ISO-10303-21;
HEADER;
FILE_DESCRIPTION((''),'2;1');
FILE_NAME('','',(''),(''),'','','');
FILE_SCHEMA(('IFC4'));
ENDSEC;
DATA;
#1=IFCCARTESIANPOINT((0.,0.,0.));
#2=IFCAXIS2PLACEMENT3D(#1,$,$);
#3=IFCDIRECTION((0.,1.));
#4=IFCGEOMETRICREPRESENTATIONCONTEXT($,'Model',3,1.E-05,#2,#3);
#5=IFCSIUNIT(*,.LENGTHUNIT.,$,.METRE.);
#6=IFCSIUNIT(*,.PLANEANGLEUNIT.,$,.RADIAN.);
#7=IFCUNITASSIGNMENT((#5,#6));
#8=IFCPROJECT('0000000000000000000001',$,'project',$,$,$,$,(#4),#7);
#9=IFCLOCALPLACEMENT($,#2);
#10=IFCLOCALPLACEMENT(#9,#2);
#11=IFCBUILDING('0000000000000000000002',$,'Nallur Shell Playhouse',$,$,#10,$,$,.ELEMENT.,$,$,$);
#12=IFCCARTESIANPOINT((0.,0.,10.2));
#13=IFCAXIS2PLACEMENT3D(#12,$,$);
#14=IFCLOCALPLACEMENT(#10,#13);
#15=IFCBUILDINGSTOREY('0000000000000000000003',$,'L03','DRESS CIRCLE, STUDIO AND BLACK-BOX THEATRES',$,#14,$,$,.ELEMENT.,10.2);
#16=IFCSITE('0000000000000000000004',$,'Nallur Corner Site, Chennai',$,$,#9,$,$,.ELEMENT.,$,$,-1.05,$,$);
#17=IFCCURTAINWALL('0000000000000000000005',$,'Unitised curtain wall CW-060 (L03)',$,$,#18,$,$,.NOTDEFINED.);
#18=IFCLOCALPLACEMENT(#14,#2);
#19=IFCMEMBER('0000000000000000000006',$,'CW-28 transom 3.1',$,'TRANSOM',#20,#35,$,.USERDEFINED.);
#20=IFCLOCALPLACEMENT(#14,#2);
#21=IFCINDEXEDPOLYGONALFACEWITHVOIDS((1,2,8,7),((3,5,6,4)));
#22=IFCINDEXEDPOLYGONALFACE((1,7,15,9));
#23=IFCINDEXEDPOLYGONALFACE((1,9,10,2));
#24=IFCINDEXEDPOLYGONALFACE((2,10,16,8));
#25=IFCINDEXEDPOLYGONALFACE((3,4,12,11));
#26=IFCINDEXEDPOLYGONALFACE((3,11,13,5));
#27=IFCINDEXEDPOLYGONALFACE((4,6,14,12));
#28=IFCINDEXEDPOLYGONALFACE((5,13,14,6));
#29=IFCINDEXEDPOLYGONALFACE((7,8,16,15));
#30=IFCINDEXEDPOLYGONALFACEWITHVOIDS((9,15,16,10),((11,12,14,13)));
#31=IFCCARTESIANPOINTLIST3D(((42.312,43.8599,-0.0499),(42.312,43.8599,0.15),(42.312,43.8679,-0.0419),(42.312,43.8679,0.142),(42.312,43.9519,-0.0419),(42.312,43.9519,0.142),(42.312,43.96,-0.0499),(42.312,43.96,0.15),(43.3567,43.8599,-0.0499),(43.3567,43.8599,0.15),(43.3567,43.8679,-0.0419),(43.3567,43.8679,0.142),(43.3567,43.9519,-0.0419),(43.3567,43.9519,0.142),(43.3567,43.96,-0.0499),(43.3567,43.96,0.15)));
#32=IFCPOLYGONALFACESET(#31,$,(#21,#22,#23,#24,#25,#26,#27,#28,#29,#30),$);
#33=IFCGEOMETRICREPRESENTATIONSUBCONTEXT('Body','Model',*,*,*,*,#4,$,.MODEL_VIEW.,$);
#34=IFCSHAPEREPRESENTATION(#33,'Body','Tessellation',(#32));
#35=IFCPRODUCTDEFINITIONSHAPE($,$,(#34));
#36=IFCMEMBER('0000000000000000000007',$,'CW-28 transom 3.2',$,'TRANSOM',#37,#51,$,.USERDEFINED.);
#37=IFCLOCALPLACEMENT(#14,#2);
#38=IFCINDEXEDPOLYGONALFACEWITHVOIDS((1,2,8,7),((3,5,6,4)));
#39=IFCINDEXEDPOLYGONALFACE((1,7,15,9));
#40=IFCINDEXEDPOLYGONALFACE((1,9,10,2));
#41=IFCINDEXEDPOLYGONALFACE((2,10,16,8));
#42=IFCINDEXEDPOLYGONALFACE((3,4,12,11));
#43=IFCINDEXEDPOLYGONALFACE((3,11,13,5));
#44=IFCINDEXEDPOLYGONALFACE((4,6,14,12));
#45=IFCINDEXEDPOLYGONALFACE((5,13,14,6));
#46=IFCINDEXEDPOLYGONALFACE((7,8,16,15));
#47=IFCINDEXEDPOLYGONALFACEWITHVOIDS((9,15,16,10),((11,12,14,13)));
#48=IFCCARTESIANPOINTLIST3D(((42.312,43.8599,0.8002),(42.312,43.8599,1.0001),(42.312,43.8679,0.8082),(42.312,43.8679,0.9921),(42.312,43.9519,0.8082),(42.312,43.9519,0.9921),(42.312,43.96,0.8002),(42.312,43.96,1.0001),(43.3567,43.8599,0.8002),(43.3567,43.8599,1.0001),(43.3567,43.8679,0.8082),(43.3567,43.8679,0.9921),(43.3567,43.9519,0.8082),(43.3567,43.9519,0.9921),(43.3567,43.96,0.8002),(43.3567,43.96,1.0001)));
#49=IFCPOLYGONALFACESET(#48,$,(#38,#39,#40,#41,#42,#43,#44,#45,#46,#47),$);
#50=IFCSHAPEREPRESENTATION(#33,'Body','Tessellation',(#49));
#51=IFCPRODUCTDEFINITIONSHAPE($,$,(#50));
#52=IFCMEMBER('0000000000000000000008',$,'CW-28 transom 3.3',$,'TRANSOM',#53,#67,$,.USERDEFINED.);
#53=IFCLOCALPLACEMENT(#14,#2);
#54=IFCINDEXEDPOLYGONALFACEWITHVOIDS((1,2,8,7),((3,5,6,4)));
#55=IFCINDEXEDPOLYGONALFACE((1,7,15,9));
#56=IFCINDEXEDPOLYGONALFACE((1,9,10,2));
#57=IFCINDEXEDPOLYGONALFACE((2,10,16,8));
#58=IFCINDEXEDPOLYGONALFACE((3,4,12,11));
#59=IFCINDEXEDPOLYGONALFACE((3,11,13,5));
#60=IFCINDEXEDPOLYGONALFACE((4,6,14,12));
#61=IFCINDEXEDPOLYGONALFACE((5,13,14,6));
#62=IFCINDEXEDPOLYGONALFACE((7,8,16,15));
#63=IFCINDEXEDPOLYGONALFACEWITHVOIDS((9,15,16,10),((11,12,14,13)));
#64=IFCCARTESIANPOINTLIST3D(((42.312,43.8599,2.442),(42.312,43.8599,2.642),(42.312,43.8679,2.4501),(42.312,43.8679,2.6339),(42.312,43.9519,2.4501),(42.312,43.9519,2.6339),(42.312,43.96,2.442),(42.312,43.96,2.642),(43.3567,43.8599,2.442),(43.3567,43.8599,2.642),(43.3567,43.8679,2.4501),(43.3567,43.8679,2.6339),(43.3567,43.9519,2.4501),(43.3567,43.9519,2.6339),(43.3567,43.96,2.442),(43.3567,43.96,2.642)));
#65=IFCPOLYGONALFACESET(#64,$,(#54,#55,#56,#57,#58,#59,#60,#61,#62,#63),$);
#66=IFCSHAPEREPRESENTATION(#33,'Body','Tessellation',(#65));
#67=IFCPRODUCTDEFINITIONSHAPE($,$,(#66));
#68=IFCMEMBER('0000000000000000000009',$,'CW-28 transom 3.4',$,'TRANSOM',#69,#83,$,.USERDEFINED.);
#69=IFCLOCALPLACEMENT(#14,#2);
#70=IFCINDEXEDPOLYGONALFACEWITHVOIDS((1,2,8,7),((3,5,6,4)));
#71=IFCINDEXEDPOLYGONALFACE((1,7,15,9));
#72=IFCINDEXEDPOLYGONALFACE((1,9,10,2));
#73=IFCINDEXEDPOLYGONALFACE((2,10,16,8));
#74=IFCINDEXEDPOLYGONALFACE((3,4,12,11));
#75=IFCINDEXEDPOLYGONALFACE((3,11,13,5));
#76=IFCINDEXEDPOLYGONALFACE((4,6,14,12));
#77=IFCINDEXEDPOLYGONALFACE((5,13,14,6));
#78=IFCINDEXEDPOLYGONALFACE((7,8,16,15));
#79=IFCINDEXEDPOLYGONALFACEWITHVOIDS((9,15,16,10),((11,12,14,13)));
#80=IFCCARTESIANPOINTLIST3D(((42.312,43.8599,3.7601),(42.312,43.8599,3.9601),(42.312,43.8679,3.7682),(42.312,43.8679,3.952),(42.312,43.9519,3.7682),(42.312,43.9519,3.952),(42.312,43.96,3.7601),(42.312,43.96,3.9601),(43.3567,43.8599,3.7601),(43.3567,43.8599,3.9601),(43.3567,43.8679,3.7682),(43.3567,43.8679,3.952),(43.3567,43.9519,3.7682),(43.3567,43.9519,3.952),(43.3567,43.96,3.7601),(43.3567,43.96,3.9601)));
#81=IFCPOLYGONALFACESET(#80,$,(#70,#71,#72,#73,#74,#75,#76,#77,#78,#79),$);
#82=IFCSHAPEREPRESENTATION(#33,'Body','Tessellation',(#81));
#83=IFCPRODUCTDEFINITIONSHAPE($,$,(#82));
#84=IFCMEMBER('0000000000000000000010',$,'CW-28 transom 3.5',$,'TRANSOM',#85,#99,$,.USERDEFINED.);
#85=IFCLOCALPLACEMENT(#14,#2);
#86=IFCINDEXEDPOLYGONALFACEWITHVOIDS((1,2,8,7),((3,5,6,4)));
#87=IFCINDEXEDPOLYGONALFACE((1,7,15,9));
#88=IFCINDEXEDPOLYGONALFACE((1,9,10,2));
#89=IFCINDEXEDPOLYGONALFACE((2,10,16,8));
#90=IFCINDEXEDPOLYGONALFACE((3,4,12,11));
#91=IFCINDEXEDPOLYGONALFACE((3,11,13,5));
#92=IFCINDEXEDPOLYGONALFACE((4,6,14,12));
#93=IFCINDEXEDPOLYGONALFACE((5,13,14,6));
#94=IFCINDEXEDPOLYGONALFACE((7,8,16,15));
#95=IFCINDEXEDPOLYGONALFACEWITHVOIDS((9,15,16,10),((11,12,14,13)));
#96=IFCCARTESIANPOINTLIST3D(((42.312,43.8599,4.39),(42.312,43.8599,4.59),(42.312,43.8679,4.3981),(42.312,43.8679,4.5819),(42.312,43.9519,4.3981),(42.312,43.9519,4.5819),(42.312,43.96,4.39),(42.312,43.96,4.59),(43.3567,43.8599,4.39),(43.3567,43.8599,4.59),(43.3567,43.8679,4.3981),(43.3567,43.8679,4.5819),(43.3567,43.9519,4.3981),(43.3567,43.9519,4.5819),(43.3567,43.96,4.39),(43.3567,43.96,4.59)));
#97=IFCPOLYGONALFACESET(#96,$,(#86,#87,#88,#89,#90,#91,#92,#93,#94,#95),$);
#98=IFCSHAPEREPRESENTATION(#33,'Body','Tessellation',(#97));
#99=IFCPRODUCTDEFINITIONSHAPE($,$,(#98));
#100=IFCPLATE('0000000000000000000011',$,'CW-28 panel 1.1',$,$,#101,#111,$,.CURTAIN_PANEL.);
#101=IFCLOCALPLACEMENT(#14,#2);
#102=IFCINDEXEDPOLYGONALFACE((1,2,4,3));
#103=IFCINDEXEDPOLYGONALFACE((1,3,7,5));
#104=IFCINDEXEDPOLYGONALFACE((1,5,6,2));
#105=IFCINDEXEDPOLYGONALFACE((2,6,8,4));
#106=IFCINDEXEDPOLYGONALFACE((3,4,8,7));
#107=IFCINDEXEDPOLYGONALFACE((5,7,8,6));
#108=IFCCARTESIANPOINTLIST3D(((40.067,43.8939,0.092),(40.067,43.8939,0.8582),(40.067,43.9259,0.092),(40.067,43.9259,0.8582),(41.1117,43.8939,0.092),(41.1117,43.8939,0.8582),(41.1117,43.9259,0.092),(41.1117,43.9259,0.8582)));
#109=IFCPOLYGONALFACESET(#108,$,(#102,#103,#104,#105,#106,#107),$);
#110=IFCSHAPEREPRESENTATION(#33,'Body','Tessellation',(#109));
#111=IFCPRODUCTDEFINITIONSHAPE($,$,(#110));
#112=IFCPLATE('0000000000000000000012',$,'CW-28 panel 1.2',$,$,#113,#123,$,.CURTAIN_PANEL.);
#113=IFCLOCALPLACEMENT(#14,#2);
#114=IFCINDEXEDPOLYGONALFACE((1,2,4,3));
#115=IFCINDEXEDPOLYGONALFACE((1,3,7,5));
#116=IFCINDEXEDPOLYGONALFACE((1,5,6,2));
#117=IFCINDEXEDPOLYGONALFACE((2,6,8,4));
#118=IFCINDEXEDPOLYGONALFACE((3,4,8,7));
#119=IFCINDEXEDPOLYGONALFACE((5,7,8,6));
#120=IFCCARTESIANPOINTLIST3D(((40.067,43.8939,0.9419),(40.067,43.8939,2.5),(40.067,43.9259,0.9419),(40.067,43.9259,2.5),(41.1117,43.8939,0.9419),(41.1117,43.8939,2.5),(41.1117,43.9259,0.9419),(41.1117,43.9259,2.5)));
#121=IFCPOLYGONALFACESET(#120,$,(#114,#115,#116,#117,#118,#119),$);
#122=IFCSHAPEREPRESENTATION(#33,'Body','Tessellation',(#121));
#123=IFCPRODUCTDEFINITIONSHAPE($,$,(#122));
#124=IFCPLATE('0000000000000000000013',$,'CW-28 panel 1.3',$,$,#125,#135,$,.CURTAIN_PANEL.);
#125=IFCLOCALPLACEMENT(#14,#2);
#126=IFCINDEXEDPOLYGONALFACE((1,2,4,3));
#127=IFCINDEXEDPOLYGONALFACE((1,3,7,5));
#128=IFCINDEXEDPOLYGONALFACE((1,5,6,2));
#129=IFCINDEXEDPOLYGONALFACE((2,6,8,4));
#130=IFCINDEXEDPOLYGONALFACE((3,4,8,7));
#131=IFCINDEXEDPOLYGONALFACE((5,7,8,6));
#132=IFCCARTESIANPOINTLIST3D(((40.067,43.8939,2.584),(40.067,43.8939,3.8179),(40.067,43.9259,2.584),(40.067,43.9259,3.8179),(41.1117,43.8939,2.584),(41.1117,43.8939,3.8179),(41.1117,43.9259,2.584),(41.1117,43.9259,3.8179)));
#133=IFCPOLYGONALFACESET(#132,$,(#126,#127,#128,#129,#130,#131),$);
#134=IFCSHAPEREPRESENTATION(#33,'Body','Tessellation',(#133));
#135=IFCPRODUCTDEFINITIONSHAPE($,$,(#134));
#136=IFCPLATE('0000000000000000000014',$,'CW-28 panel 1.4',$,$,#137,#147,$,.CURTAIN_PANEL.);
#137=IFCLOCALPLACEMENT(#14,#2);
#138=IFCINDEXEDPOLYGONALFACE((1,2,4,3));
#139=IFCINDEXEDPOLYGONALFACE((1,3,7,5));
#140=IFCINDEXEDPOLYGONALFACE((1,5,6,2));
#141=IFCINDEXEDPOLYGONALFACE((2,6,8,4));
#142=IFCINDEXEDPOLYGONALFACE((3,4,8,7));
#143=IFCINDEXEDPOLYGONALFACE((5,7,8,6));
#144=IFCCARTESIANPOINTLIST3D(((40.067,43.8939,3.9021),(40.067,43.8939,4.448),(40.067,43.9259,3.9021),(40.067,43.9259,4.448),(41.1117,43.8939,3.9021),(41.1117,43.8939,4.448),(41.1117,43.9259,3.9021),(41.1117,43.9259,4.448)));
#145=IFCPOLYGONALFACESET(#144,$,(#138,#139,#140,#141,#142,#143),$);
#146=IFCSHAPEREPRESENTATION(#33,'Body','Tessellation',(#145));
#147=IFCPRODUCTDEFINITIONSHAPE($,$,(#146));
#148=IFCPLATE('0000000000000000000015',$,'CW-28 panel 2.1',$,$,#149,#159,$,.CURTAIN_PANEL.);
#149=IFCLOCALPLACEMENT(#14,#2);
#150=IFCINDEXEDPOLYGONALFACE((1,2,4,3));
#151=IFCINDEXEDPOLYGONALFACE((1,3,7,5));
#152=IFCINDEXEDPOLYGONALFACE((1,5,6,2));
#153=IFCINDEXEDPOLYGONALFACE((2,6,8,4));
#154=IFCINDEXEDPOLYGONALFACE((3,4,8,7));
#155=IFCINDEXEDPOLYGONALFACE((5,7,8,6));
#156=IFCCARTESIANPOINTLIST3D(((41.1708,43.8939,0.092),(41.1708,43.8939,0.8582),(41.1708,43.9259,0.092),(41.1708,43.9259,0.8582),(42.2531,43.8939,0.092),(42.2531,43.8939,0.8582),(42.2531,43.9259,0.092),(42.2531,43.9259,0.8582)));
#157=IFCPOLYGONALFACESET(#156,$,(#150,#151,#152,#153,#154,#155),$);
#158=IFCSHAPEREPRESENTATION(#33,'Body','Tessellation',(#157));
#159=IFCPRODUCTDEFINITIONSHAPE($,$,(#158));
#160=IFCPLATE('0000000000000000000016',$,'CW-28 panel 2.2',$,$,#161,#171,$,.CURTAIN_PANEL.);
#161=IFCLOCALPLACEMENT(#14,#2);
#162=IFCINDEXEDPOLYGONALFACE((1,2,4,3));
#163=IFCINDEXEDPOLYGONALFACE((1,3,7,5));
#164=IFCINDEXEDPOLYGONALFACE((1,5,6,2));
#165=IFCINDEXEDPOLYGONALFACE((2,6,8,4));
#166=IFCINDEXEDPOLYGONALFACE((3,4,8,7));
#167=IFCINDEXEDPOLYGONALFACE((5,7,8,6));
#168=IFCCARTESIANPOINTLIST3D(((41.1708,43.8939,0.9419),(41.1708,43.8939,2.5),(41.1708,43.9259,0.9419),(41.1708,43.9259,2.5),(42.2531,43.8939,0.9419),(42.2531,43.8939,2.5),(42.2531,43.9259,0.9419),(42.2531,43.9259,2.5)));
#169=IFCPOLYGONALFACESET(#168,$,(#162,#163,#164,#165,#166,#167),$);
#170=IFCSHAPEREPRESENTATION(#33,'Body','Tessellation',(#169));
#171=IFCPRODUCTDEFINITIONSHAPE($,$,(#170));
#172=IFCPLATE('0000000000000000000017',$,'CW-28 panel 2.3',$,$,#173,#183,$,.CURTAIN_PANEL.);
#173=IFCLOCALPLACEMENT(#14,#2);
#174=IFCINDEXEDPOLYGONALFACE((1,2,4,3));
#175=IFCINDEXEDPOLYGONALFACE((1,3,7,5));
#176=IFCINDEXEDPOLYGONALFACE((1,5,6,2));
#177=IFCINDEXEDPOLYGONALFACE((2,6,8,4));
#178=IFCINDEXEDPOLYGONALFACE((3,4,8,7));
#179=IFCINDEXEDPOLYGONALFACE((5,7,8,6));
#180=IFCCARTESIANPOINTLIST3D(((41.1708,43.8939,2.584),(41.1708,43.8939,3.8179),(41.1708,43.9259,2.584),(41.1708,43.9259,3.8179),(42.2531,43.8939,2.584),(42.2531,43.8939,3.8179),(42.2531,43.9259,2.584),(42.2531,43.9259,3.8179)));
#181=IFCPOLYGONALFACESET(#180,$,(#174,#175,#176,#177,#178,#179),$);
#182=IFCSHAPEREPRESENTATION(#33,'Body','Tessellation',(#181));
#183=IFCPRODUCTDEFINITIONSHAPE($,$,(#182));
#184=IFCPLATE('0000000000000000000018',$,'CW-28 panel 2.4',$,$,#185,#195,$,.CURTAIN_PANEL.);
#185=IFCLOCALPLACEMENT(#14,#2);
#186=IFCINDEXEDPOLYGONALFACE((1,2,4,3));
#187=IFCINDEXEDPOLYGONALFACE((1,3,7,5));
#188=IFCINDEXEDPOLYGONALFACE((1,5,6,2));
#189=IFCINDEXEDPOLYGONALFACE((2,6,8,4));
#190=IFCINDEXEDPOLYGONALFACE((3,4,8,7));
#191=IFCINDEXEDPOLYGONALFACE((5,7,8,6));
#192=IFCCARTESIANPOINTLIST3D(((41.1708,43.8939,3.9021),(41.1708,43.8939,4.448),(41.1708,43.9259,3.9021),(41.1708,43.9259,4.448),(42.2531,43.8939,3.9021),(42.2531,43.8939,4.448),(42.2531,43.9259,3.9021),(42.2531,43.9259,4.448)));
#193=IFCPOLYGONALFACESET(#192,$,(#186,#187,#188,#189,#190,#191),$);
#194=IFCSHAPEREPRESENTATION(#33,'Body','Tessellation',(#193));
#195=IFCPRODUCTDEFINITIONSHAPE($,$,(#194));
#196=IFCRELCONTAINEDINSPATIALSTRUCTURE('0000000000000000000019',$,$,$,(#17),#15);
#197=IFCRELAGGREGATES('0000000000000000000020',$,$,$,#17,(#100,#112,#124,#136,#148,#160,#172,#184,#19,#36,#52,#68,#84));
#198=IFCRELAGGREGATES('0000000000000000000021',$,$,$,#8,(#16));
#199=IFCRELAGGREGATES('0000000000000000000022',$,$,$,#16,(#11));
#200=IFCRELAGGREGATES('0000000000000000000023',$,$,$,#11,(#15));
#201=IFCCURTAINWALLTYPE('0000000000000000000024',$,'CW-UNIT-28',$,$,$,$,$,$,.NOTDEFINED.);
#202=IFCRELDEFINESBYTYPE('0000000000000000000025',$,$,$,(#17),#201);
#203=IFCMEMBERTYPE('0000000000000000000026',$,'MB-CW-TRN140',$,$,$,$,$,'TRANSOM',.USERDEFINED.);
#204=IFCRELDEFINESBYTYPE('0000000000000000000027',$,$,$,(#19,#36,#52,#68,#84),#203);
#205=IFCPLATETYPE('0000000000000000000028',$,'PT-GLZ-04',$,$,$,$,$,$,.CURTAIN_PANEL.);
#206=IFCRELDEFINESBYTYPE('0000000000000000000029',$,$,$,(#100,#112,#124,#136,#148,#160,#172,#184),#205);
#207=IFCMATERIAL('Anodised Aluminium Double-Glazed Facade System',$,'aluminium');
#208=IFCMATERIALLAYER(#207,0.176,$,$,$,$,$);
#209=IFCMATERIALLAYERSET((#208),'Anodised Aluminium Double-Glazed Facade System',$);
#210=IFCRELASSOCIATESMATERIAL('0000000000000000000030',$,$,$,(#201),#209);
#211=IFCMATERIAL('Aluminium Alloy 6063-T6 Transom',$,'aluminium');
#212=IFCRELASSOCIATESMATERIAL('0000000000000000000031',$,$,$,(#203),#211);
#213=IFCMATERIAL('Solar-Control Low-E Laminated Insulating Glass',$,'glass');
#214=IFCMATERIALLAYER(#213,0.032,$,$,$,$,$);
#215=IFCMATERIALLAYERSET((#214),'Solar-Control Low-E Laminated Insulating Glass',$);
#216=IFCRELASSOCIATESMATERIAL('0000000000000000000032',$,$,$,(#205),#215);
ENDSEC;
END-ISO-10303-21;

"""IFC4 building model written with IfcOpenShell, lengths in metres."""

from ifc_helpers import new_model, si_unit, direction, frame, origin, origin_2d, place, context, subcontext, project, spatial, rectangle, hollow_rectangle, extrude, material, layer, layer_set, material_profile, profile_set, type_object, element, aggregate, save


model = new_model("IFC4")

# Units and contexts
model_context = context("Model", 3, precision=1e-05, world=origin(), true_north=direction((0.0, 1.0)))
body_context = subcontext(model_context, "Body", "Model", "MODEL_VIEW")
ifc_project = project(units=[si_unit("LENGTHUNIT", "METRE"), si_unit("PLANEANGLEUNIT", "RADIAN")], contexts=[model_context])

# Site, building, storey
site_placement = place(None, origin())
site = spatial("IfcSite", under=ifc_project, at=site_placement, Name="Nallur Corner Site, Chennai", CompositionType="ELEMENT", RefElevation=-1.05)
building_placement = place(site_placement, origin())
building = spatial("IfcBuilding", under=site, at=building_placement, Name="Nallur Shell Playhouse", CompositionType="ELEMENT")
storey_placement = place(building_placement, frame((0.0, 0.0, 10.2)))
storey = spatial("IfcBuildingStorey", under=building, at=storey_placement, Name="L03", Description="DRESS CIRCLE, STUDIO AND BLACK-BOX THEATRES", CompositionType="ELEMENT", Elevation=10.2)

# Shared definitions
ifc_material_1 = material(Name="Anodised Aluminium Double-Glazed Facade System", Category="aluminium")

# Curtain wall
ifc_layer_1 = layer(ifc_material_1, 0.176)
ifc_layer_set_1 = layer_set([ifc_layer_1], Name="Anodised Aluminium Double-Glazed Facade System")
curtain_wall_type_1 = type_object("IfcCurtainWallType", Name="CW-UNIT-28", PredefinedType="NOTDEFINED", material=ifc_layer_set_1)
curtain_wall_1_placement = place(storey_placement, origin())
curtain_wall_1 = element("IfcCurtainWall", 1, at=curtain_wall_1_placement, inside=storey, type_object=curtain_wall_type_1, Name="Unitised curtain wall CW-060 (L03)", PredefinedType="NOTDEFINED")

# Members
ifc_material_2 = material(Name="Aluminium Alloy 6063-T6 Transom", Category="aluminium")
ifc_material_profile_1 = material_profile(ifc_material_2, hollow_rectangle(XDim=0.1001, YDim=0.2, WallThickness=0.0081, at=origin_2d()), Name="RHS 200x100x8")
ifc_profile_set_1 = profile_set([ifc_material_profile_1], Name="Aluminium Alloy 6063-T6 Transom")
member_type_1 = type_object("IfcMemberType", Name="MB-CW-TRN140", ElementType="TRANSOM", PredefinedType="USERDEFINED", material=ifc_profile_set_1)
member_1_placement = place(storey_placement, frame((42.312, 43.9099, 0.05), z_axis=(1.0, 0.0, 0.0), x_axis=(0.0, 1.0, 0.0)))
member_1 = element("IfcMember", 2, at=member_1_placement, type_object=member_type_1, Name="CW-28 transom 3.1", ObjectType="TRANSOM", PredefinedType="USERDEFINED", context=body_context, shape_type="SweptSolid", body=[
    extrude(hollow_rectangle(XDim=0.1001, YDim=0.2, WallThickness=0.0081, at=origin_2d()), origin(), (0.0, 0.0, 1.0), 1.0447),
])
member_2_placement = place(storey_placement, frame((42.312, 43.9099, 0.9001), z_axis=(1.0, 0.0, 0.0), x_axis=(0.0, 1.0, 0.0)))
member_2 = element("IfcMember", 3, at=member_2_placement, type_object=member_type_1, Name="CW-28 transom 3.2", ObjectType="TRANSOM", PredefinedType="USERDEFINED", context=body_context, shape_type="SweptSolid", body=[
    extrude(hollow_rectangle(XDim=0.1001, YDim=0.2, WallThickness=0.0081, at=origin_2d()), origin(), (0.0, 0.0, 1.0), 1.0447),
])
member_3_placement = place(storey_placement, frame((42.312, 43.9099, 2.542), z_axis=(1.0, 0.0, 0.0), x_axis=(0.0, 1.0, 0.0)))
member_3 = element("IfcMember", 4, at=member_3_placement, type_object=member_type_1, Name="CW-28 transom 3.3", ObjectType="TRANSOM", PredefinedType="USERDEFINED", context=body_context, shape_type="SweptSolid", body=[
    extrude(hollow_rectangle(XDim=0.1001, YDim=0.2, WallThickness=0.0081, at=origin_2d()), origin(), (0.0, 0.0, 1.0), 1.0447),
])
member_4_placement = place(storey_placement, frame((42.312, 43.9099, 3.8601), z_axis=(1.0, 0.0, 0.0), x_axis=(0.0, 1.0, 0.0)))
member_4 = element("IfcMember", 5, at=member_4_placement, type_object=member_type_1, Name="CW-28 transom 3.4", ObjectType="TRANSOM", PredefinedType="USERDEFINED", context=body_context, shape_type="SweptSolid", body=[
    extrude(hollow_rectangle(XDim=0.1001, YDim=0.2, WallThickness=0.0081, at=origin_2d()), origin(), (0.0, 0.0, 1.0), 1.0447),
])
member_5_placement = place(storey_placement, frame((42.312, 43.9099, 4.49), z_axis=(1.0, 0.0, 0.0), x_axis=(0.0, 1.0, 0.0)))
member_5 = element("IfcMember", 6, at=member_5_placement, type_object=member_type_1, Name="CW-28 transom 3.5", ObjectType="TRANSOM", PredefinedType="USERDEFINED", context=body_context, shape_type="SweptSolid", body=[
    extrude(hollow_rectangle(XDim=0.1001, YDim=0.2, WallThickness=0.0081, at=origin_2d()), origin(), (0.0, 0.0, 1.0), 1.0447),
])

# Plates
ifc_material_3 = material(Name="Solar-Control Low-E Laminated Insulating Glass", Category="glass")
ifc_layer_2 = layer(ifc_material_3, 0.032)
ifc_layer_set_2 = layer_set([ifc_layer_2], Name="Solar-Control Low-E Laminated Insulating Glass")
plate_type_1 = type_object("IfcPlateType", Name="PT-GLZ-04", PredefinedType="CURTAIN_PANEL", material=ifc_layer_set_2)
plate_1_placement = place(storey_placement, frame((40.5894, 43.9099, 0.092), z_axis=(0.0, 0.0, 1.0), x_axis=(1.0, 0.0, 0.0)))
plate_1 = element("IfcPlate", 7, at=plate_1_placement, type_object=plate_type_1, Name="CW-28 panel 1.1", PredefinedType="CURTAIN_PANEL", context=body_context, shape_type="SweptSolid", body=[
    extrude(rectangle(XDim=1.0447, YDim=0.032, at=origin_2d()), origin(), (0.0, 0.0, 1.0), 0.7661),
])
plate_2_placement = place(storey_placement, frame((40.5894, 43.9099, 0.9419), z_axis=(0.0, 0.0, 1.0), x_axis=(1.0, 0.0, 0.0)))
plate_2 = element("IfcPlate", 8, at=plate_2_placement, type_object=plate_type_1, Name="CW-28 panel 1.2", PredefinedType="CURTAIN_PANEL", context=body_context, shape_type="SweptSolid", body=[
    extrude(rectangle(XDim=1.0447, YDim=0.032, at=origin_2d()), origin(), (0.0, 0.0, 1.0), 1.5581),
])
plate_3_placement = place(storey_placement, frame((40.5894, 43.9099, 2.584), z_axis=(0.0, 0.0, 1.0), x_axis=(1.0, 0.0, 0.0)))
plate_3 = element("IfcPlate", 9, at=plate_3_placement, type_object=plate_type_1, Name="CW-28 panel 1.3", PredefinedType="CURTAIN_PANEL", context=body_context, shape_type="SweptSolid", body=[
    extrude(rectangle(XDim=1.0447, YDim=0.032, at=origin_2d()), origin(), (0.0, 0.0, 1.0), 1.2339),
])
plate_4_placement = place(storey_placement, frame((40.5894, 43.9099, 3.9021), z_axis=(0.0, 0.0, 1.0), x_axis=(1.0, 0.0, 0.0)))
plate_4 = element("IfcPlate", 10, at=plate_4_placement, type_object=plate_type_1, Name="CW-28 panel 1.4", PredefinedType="CURTAIN_PANEL", context=body_context, shape_type="SweptSolid", body=[
    extrude(rectangle(XDim=1.0447, YDim=0.032, at=origin_2d()), origin(), (0.0, 0.0, 1.0), 0.5459),
])
plate_5_placement = place(storey_placement, frame((41.7119, 43.9099, 0.092), z_axis=(0.0, 0.0, 1.0), x_axis=(1.0, 0.0, 0.0)))
plate_5 = element("IfcPlate", 11, at=plate_5_placement, type_object=plate_type_1, Name="CW-28 panel 2.1", PredefinedType="CURTAIN_PANEL", context=body_context, shape_type="SweptSolid", body=[
    extrude(rectangle(XDim=1.0823, YDim=0.032, at=origin_2d()), origin(), (0.0, 0.0, 1.0), 0.7661),
])
plate_6_placement = place(storey_placement, frame((41.7119, 43.9099, 0.9419), z_axis=(0.0, 0.0, 1.0), x_axis=(1.0, 0.0, 0.0)))
plate_6 = element("IfcPlate", 12, at=plate_6_placement, type_object=plate_type_1, Name="CW-28 panel 2.2", PredefinedType="CURTAIN_PANEL", context=body_context, shape_type="SweptSolid", body=[
    extrude(rectangle(XDim=1.0823, YDim=0.032, at=origin_2d()), origin(), (0.0, 0.0, 1.0), 1.5581),
])
plate_7_placement = place(storey_placement, frame((41.7119, 43.9099, 2.584), z_axis=(0.0, 0.0, 1.0), x_axis=(1.0, 0.0, 0.0)))
plate_7 = element("IfcPlate", 13, at=plate_7_placement, type_object=plate_type_1, Name="CW-28 panel 2.3", PredefinedType="CURTAIN_PANEL", context=body_context, shape_type="SweptSolid", body=[
    extrude(rectangle(XDim=1.0823, YDim=0.032, at=origin_2d()), origin(), (0.0, 0.0, 1.0), 1.2339),
])
plate_8_placement = place(storey_placement, frame((41.7119, 43.9099, 3.9021), z_axis=(0.0, 0.0, 1.0), x_axis=(1.0, 0.0, 0.0)))
plate_8 = element("IfcPlate", 14, at=plate_8_placement, type_object=plate_type_1, Name="CW-28 panel 2.4", PredefinedType="CURTAIN_PANEL", context=body_context, shape_type="SweptSolid", body=[
    extrude(rectangle(XDim=1.0823, YDim=0.032, at=origin_2d()), origin(), (0.0, 0.0, 1.0), 0.5459),
])
aggregate(curtain_wall_1, [plate_1, plate_2, plate_3, plate_4, plate_5, plate_6, plate_7, plate_8, member_1, member_2, member_3, member_4, member_5])

save(model, "model.ifc")
